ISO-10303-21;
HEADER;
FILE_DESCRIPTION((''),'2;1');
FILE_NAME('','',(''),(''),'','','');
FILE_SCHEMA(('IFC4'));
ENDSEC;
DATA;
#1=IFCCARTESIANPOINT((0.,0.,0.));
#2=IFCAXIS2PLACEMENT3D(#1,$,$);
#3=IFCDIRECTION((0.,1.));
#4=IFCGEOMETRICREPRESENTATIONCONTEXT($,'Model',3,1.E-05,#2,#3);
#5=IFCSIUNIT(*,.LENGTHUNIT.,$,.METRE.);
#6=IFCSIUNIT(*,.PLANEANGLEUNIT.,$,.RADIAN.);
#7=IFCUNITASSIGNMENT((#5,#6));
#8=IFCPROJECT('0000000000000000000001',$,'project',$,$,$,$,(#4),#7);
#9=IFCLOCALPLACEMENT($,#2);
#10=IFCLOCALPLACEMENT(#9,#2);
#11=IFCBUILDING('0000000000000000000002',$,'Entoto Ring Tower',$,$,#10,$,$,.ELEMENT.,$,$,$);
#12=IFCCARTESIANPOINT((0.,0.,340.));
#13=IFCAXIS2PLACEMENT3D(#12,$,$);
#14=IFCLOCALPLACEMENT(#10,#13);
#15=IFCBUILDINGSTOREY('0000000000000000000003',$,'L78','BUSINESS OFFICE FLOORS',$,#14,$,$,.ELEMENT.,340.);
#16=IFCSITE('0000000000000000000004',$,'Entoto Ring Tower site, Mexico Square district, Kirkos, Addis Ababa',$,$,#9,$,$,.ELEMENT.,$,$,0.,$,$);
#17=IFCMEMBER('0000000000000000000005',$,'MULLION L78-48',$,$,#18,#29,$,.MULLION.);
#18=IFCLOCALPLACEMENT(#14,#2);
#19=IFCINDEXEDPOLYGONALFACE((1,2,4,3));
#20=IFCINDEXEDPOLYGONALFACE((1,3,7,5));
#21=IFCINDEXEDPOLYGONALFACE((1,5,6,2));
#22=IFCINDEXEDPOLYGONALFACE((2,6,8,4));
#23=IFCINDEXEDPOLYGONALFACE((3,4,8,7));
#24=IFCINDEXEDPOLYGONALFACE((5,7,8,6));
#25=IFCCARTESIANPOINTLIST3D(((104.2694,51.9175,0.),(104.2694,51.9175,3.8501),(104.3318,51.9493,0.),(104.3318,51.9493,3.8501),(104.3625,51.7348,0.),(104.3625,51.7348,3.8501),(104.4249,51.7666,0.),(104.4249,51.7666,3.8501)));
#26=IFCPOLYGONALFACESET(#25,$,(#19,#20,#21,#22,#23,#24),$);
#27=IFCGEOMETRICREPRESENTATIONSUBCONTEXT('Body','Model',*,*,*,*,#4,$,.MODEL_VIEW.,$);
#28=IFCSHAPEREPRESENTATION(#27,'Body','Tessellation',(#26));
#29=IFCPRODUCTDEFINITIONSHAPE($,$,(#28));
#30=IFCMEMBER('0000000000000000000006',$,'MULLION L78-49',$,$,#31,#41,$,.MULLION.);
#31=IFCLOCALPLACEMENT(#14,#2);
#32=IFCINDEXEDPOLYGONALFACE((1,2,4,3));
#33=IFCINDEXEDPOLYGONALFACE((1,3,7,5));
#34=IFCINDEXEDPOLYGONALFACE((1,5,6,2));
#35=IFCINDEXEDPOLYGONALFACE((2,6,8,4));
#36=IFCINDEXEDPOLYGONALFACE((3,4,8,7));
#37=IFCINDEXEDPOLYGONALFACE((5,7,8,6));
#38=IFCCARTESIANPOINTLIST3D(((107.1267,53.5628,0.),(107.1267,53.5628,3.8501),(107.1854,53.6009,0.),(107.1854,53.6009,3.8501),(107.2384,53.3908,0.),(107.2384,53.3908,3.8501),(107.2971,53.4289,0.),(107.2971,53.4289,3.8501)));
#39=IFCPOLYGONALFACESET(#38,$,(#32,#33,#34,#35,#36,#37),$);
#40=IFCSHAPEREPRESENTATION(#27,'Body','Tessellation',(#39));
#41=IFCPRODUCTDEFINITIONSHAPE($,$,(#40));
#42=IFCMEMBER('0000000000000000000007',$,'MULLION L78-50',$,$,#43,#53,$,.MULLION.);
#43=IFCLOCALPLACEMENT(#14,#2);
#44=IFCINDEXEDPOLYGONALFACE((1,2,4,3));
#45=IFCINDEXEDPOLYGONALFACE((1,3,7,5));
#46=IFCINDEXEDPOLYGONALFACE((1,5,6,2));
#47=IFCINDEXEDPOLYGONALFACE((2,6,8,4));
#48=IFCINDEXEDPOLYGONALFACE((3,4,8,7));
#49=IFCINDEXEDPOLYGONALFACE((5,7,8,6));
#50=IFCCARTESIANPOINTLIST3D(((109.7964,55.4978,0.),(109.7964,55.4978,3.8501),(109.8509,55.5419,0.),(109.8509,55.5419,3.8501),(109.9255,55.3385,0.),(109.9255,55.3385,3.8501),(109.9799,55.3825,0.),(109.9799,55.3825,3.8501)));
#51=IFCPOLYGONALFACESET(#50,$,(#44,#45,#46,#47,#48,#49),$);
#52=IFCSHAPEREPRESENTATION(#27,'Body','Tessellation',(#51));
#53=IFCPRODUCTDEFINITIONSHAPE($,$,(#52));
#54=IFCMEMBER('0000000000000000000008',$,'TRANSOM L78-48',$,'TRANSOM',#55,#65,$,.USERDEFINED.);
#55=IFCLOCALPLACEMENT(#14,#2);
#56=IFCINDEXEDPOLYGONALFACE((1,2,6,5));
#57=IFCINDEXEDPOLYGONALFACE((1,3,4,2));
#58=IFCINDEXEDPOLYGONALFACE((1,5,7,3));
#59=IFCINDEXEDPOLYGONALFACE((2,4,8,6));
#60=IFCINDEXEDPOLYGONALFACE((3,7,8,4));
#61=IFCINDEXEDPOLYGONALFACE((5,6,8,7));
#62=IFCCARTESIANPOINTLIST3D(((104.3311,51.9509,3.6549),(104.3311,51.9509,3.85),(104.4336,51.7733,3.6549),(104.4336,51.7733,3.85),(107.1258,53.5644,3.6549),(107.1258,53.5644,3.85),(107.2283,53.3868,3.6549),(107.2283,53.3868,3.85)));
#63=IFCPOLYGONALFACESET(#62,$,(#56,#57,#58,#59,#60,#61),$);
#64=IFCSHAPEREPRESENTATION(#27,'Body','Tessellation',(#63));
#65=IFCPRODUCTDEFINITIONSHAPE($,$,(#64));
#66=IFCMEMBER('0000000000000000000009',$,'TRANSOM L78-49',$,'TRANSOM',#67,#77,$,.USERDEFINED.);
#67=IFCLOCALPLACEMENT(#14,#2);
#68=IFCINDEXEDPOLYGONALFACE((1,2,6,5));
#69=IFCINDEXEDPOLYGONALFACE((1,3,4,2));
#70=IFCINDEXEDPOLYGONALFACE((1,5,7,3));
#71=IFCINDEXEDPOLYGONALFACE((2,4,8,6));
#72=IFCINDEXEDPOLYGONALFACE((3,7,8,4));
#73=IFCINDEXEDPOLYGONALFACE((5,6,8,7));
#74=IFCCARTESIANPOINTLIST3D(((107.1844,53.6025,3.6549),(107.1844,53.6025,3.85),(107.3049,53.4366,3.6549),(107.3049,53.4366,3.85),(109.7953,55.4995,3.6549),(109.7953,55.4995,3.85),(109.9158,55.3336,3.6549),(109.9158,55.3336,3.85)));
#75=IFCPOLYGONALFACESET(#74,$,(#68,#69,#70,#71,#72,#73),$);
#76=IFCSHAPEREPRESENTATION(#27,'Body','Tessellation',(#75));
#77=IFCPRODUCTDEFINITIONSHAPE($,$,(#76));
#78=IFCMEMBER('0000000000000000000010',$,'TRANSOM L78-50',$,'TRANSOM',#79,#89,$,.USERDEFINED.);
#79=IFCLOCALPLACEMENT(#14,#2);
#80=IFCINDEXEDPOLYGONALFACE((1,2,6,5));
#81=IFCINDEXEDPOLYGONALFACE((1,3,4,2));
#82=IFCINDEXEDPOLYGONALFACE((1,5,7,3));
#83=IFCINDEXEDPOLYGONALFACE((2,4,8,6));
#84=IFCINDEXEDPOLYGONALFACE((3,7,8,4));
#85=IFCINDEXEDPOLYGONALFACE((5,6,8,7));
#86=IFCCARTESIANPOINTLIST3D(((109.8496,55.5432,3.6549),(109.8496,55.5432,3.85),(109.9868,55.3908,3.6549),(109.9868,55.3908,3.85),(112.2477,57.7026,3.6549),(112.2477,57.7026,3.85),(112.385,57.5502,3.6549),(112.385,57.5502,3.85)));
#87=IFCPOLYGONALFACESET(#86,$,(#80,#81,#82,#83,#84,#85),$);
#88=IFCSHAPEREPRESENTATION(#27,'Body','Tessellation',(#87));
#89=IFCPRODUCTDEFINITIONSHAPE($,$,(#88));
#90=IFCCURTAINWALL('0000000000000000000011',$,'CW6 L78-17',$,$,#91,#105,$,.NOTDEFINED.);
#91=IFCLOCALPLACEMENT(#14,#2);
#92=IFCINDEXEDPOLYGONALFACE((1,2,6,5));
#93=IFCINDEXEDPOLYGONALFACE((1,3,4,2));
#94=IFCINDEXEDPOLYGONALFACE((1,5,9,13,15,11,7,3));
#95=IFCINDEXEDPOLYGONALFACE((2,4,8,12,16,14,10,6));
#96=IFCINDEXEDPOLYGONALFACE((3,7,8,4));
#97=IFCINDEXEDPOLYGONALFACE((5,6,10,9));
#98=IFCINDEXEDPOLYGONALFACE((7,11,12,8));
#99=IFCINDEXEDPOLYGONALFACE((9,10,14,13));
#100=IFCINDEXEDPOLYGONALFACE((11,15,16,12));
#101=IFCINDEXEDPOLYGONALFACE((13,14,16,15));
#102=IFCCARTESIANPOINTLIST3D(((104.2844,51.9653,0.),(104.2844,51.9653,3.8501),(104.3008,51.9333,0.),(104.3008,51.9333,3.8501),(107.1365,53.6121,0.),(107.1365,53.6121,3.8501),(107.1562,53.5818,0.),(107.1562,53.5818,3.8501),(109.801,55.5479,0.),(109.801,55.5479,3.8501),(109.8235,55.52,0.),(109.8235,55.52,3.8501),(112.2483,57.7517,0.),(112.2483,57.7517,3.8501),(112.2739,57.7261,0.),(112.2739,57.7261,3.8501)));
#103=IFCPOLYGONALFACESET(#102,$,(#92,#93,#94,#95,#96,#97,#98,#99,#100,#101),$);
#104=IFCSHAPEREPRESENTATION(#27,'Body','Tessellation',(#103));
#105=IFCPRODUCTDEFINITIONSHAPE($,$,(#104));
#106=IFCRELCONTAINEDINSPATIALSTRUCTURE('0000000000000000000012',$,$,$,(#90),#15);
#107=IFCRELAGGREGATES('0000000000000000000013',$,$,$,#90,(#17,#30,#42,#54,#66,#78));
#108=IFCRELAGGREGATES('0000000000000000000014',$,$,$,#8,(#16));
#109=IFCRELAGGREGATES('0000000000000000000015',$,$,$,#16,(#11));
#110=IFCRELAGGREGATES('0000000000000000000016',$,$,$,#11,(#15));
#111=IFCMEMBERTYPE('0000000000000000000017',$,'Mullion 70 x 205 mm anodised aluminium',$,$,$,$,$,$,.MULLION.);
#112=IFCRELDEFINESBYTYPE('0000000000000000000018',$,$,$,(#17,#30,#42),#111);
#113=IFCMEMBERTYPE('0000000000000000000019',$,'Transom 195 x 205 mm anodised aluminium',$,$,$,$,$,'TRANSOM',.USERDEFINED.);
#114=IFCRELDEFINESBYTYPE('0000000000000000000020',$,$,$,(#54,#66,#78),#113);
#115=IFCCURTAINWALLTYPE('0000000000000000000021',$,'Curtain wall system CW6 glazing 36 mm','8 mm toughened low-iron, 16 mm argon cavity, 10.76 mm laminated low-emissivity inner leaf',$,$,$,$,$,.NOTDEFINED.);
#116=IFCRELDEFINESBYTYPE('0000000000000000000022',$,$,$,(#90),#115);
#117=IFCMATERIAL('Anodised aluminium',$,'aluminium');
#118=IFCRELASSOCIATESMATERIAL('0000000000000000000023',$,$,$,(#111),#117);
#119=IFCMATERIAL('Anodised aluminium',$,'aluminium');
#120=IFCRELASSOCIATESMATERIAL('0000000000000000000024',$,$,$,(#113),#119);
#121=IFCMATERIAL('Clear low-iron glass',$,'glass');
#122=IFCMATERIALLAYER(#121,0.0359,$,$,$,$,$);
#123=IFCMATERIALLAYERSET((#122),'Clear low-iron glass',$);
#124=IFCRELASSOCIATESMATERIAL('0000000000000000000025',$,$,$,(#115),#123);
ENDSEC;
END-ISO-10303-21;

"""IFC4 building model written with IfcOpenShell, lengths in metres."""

from ifc_helpers import new_model, si_unit, direction, frame, origin, origin_2d, place, context, subcontext, project, spatial, polyline, rectangle, outline, extrude, material, layer, layer_set, material_profile, profile_set, type_object, element, aggregate, save


model = new_model("IFC4")

# Units and contexts
model_context = context("Model", 3, precision=1e-05, world=origin(), true_north=direction((0.0, 1.0)))
body_context = subcontext(model_context, "Body", "Model", "MODEL_VIEW")
ifc_project = project(units=[si_unit("LENGTHUNIT", "METRE"), si_unit("PLANEANGLEUNIT", "RADIAN")], contexts=[model_context])

# Members
ifc_material_1 = material(Name="Anodised aluminium", Category="aluminium")
ifc_material_profile_1 = material_profile(ifc_material_1, rectangle(XDim=0.0701, YDim=0.2051, at=origin_2d()), Name="Mullion 70 x 205 mm anodised aluminium")
ifc_profile_set_1 = profile_set([ifc_material_profile_1], Name="Anodised aluminium")
member_type_1 = type_object("IfcMemberType", Name="Mullion 70 x 205 mm anodised aluminium", PredefinedType="MULLION", material=ifc_profile_set_1)
site_placement = place(None, origin())
building_placement = place(site_placement, origin())
storey_placement = place(building_placement, frame((0.0, 0.0, 340.0)))
member_1_placement = place(storey_placement, frame((104.3472, 51.842, 0.0), z_axis=(0.0, 0.0, 1.0), x_axis=(0.891007, 0.45399, 0.0)))
member_1 = element("IfcMember", 1, at=member_1_placement, type_object=member_type_1, Name="MULLION L78-48", PredefinedType="MULLION", context=body_context, shape_type="SweptSolid", body=[
    extrude(rectangle(XDim=0.0701, YDim=0.2051, at=origin_2d()), origin(), (0.0, 0.0, 1.0), 3.8501),
])
member_2_placement = place(storey_placement, frame((107.2119, 53.4958, 0.0), z_axis=(0.0, 0.0, 1.0), x_axis=(0.838671, 0.544639, 0.0)))
member_2 = element("IfcMember", 2, at=member_2_placement, type_object=member_type_1, Name="MULLION L78-49", PredefinedType="MULLION", context=body_context, shape_type="SweptSolid", body=[
    extrude(rectangle(XDim=0.0701, YDim=0.2051, at=origin_2d()), origin(), (0.0, 0.0, 1.0), 3.8501),
])
member_3_placement = place(storey_placement, frame((109.8882, 55.4402, 0.0), z_axis=(0.0, 0.0, 1.0), x_axis=(0.777146, 0.62932, 0.0)))
member_3 = element("IfcMember", 3, at=member_3_placement, type_object=member_type_1, Name="MULLION L78-50", PredefinedType="MULLION", context=body_context, shape_type="SweptSolid", body=[
    extrude(rectangle(XDim=0.0701, YDim=0.2051, at=origin_2d()), origin(), (0.0, 0.0, 1.0), 3.8501),
])
ifc_material_2 = material(Name="Anodised aluminium", Category="aluminium")
ifc_material_profile_2 = material_profile(ifc_material_2, rectangle(XDim=0.2051, YDim=0.1951, at=origin_2d()), Name="Transom 195 x 205 mm anodised aluminium")
ifc_profile_set_2 = profile_set([ifc_material_profile_2], Name="Anodised aluminium")
member_type_2 = type_object("IfcMemberType", Name="Transom 195 x 205 mm anodised aluminium", ElementType="TRANSOM", PredefinedType="USERDEFINED", material=ifc_profile_set_2)
member_4_placement = place(storey_placement, frame((104.3823, 51.8621, 3.7524), z_axis=(0.866023, 0.500004, 0.0), x_axis=(-0.500004, 0.866023, 0.0)))
member_4 = element("IfcMember", 4, at=member_4_placement, type_object=member_type_2, Name="TRANSOM L78-48", ObjectType="TRANSOM", PredefinedType="USERDEFINED", context=body_context, shape_type="SweptSolid", body=[
    extrude(rectangle(XDim=0.2051, YDim=0.1951, at=origin_2d()), origin(), (0.0, 0.0, 1.0), 3.2271),
])
member_5_placement = place(storey_placement, frame((107.2446, 53.5195, 3.7524), z_axis=(0.809004, 0.587803, 0.0), x_axis=(-0.587803, 0.809004, 0.0)))
member_5 = element("IfcMember", 5, at=member_5_placement, type_object=member_type_2, Name="TRANSOM L78-49", ObjectType="TRANSOM", PredefinedType="USERDEFINED", context=body_context, shape_type="SweptSolid", body=[
    extrude(rectangle(XDim=0.2051, YDim=0.1951, at=origin_2d()), origin(), (0.0, 0.0, 1.0), 3.2273),
])
member_6_placement = place(storey_placement, frame((109.9182, 55.467, 3.7524), z_axis=(0.743132, 0.669144, 0.0), x_axis=(-0.669144, 0.743132, 0.0)))
member_6 = element("IfcMember", 6, at=member_6_placement, type_object=member_type_2, Name="TRANSOM L78-50", ObjectType="TRANSOM", PredefinedType="USERDEFINED", context=body_context, shape_type="SweptSolid", body=[
    extrude(rectangle(XDim=0.2051, YDim=0.1951, at=origin_2d()), origin(), (0.0, 0.0, 1.0), 3.2271),
])

# Site, building, storey
site = spatial("IfcSite", under=ifc_project, at=site_placement, Name="Entoto Ring Tower site, Mexico Square district, Kirkos, Addis Ababa", CompositionType="ELEMENT", RefElevation=0.0)
building = spatial("IfcBuilding", under=site, at=building_placement, Name="Entoto Ring Tower", CompositionType="ELEMENT")
storey = spatial("IfcBuildingStorey", under=building, at=storey_placement, Name="L78", Description="BUSINESS OFFICE FLOORS", CompositionType="ELEMENT", Elevation=340.0)

# Curtain wall
ifc_material_3 = material(Name="Clear low-iron glass", Category="glass")
ifc_layer_1 = layer(ifc_material_3, 0.0359)
ifc_layer_set_1 = layer_set([ifc_layer_1], Name="Clear low-iron glass")
curtain_wall_type = type_object("IfcCurtainWallType", Name="Curtain wall system CW6 glazing 36 mm", Description="8 mm toughened low-iron, 16 mm argon cavity, 10.76 mm laminated low-emissivity inner leaf", PredefinedType="NOTDEFINED", material=ifc_layer_set_1)
curtain_wall_1_placement = place(storey_placement, origin())
curtain_wall_1 = element("IfcCurtainWall", 7, at=curtain_wall_1_placement, inside=storey, type_object=curtain_wall_type, Name="CW6 L78-17", PredefinedType="NOTDEFINED", context=body_context, shape_type="SweptSolid", body=[
    extrude(outline(polyline([(104.3008, 51.9333), (107.1562, 53.5818), (109.8235, 55.52), (112.2739, 57.7261), (112.2483, 57.7517), (109.801, 55.5479), (107.1365, 53.6121), (104.2844, 51.9653), (104.3008, 51.9333)])), origin(), (0.0, 0.0, 1.0), 3.8501),
])
aggregate(curtain_wall_1, [member_1, member_2, member_3, member_4, member_5, member_6])

save(model, "model.ifc")
